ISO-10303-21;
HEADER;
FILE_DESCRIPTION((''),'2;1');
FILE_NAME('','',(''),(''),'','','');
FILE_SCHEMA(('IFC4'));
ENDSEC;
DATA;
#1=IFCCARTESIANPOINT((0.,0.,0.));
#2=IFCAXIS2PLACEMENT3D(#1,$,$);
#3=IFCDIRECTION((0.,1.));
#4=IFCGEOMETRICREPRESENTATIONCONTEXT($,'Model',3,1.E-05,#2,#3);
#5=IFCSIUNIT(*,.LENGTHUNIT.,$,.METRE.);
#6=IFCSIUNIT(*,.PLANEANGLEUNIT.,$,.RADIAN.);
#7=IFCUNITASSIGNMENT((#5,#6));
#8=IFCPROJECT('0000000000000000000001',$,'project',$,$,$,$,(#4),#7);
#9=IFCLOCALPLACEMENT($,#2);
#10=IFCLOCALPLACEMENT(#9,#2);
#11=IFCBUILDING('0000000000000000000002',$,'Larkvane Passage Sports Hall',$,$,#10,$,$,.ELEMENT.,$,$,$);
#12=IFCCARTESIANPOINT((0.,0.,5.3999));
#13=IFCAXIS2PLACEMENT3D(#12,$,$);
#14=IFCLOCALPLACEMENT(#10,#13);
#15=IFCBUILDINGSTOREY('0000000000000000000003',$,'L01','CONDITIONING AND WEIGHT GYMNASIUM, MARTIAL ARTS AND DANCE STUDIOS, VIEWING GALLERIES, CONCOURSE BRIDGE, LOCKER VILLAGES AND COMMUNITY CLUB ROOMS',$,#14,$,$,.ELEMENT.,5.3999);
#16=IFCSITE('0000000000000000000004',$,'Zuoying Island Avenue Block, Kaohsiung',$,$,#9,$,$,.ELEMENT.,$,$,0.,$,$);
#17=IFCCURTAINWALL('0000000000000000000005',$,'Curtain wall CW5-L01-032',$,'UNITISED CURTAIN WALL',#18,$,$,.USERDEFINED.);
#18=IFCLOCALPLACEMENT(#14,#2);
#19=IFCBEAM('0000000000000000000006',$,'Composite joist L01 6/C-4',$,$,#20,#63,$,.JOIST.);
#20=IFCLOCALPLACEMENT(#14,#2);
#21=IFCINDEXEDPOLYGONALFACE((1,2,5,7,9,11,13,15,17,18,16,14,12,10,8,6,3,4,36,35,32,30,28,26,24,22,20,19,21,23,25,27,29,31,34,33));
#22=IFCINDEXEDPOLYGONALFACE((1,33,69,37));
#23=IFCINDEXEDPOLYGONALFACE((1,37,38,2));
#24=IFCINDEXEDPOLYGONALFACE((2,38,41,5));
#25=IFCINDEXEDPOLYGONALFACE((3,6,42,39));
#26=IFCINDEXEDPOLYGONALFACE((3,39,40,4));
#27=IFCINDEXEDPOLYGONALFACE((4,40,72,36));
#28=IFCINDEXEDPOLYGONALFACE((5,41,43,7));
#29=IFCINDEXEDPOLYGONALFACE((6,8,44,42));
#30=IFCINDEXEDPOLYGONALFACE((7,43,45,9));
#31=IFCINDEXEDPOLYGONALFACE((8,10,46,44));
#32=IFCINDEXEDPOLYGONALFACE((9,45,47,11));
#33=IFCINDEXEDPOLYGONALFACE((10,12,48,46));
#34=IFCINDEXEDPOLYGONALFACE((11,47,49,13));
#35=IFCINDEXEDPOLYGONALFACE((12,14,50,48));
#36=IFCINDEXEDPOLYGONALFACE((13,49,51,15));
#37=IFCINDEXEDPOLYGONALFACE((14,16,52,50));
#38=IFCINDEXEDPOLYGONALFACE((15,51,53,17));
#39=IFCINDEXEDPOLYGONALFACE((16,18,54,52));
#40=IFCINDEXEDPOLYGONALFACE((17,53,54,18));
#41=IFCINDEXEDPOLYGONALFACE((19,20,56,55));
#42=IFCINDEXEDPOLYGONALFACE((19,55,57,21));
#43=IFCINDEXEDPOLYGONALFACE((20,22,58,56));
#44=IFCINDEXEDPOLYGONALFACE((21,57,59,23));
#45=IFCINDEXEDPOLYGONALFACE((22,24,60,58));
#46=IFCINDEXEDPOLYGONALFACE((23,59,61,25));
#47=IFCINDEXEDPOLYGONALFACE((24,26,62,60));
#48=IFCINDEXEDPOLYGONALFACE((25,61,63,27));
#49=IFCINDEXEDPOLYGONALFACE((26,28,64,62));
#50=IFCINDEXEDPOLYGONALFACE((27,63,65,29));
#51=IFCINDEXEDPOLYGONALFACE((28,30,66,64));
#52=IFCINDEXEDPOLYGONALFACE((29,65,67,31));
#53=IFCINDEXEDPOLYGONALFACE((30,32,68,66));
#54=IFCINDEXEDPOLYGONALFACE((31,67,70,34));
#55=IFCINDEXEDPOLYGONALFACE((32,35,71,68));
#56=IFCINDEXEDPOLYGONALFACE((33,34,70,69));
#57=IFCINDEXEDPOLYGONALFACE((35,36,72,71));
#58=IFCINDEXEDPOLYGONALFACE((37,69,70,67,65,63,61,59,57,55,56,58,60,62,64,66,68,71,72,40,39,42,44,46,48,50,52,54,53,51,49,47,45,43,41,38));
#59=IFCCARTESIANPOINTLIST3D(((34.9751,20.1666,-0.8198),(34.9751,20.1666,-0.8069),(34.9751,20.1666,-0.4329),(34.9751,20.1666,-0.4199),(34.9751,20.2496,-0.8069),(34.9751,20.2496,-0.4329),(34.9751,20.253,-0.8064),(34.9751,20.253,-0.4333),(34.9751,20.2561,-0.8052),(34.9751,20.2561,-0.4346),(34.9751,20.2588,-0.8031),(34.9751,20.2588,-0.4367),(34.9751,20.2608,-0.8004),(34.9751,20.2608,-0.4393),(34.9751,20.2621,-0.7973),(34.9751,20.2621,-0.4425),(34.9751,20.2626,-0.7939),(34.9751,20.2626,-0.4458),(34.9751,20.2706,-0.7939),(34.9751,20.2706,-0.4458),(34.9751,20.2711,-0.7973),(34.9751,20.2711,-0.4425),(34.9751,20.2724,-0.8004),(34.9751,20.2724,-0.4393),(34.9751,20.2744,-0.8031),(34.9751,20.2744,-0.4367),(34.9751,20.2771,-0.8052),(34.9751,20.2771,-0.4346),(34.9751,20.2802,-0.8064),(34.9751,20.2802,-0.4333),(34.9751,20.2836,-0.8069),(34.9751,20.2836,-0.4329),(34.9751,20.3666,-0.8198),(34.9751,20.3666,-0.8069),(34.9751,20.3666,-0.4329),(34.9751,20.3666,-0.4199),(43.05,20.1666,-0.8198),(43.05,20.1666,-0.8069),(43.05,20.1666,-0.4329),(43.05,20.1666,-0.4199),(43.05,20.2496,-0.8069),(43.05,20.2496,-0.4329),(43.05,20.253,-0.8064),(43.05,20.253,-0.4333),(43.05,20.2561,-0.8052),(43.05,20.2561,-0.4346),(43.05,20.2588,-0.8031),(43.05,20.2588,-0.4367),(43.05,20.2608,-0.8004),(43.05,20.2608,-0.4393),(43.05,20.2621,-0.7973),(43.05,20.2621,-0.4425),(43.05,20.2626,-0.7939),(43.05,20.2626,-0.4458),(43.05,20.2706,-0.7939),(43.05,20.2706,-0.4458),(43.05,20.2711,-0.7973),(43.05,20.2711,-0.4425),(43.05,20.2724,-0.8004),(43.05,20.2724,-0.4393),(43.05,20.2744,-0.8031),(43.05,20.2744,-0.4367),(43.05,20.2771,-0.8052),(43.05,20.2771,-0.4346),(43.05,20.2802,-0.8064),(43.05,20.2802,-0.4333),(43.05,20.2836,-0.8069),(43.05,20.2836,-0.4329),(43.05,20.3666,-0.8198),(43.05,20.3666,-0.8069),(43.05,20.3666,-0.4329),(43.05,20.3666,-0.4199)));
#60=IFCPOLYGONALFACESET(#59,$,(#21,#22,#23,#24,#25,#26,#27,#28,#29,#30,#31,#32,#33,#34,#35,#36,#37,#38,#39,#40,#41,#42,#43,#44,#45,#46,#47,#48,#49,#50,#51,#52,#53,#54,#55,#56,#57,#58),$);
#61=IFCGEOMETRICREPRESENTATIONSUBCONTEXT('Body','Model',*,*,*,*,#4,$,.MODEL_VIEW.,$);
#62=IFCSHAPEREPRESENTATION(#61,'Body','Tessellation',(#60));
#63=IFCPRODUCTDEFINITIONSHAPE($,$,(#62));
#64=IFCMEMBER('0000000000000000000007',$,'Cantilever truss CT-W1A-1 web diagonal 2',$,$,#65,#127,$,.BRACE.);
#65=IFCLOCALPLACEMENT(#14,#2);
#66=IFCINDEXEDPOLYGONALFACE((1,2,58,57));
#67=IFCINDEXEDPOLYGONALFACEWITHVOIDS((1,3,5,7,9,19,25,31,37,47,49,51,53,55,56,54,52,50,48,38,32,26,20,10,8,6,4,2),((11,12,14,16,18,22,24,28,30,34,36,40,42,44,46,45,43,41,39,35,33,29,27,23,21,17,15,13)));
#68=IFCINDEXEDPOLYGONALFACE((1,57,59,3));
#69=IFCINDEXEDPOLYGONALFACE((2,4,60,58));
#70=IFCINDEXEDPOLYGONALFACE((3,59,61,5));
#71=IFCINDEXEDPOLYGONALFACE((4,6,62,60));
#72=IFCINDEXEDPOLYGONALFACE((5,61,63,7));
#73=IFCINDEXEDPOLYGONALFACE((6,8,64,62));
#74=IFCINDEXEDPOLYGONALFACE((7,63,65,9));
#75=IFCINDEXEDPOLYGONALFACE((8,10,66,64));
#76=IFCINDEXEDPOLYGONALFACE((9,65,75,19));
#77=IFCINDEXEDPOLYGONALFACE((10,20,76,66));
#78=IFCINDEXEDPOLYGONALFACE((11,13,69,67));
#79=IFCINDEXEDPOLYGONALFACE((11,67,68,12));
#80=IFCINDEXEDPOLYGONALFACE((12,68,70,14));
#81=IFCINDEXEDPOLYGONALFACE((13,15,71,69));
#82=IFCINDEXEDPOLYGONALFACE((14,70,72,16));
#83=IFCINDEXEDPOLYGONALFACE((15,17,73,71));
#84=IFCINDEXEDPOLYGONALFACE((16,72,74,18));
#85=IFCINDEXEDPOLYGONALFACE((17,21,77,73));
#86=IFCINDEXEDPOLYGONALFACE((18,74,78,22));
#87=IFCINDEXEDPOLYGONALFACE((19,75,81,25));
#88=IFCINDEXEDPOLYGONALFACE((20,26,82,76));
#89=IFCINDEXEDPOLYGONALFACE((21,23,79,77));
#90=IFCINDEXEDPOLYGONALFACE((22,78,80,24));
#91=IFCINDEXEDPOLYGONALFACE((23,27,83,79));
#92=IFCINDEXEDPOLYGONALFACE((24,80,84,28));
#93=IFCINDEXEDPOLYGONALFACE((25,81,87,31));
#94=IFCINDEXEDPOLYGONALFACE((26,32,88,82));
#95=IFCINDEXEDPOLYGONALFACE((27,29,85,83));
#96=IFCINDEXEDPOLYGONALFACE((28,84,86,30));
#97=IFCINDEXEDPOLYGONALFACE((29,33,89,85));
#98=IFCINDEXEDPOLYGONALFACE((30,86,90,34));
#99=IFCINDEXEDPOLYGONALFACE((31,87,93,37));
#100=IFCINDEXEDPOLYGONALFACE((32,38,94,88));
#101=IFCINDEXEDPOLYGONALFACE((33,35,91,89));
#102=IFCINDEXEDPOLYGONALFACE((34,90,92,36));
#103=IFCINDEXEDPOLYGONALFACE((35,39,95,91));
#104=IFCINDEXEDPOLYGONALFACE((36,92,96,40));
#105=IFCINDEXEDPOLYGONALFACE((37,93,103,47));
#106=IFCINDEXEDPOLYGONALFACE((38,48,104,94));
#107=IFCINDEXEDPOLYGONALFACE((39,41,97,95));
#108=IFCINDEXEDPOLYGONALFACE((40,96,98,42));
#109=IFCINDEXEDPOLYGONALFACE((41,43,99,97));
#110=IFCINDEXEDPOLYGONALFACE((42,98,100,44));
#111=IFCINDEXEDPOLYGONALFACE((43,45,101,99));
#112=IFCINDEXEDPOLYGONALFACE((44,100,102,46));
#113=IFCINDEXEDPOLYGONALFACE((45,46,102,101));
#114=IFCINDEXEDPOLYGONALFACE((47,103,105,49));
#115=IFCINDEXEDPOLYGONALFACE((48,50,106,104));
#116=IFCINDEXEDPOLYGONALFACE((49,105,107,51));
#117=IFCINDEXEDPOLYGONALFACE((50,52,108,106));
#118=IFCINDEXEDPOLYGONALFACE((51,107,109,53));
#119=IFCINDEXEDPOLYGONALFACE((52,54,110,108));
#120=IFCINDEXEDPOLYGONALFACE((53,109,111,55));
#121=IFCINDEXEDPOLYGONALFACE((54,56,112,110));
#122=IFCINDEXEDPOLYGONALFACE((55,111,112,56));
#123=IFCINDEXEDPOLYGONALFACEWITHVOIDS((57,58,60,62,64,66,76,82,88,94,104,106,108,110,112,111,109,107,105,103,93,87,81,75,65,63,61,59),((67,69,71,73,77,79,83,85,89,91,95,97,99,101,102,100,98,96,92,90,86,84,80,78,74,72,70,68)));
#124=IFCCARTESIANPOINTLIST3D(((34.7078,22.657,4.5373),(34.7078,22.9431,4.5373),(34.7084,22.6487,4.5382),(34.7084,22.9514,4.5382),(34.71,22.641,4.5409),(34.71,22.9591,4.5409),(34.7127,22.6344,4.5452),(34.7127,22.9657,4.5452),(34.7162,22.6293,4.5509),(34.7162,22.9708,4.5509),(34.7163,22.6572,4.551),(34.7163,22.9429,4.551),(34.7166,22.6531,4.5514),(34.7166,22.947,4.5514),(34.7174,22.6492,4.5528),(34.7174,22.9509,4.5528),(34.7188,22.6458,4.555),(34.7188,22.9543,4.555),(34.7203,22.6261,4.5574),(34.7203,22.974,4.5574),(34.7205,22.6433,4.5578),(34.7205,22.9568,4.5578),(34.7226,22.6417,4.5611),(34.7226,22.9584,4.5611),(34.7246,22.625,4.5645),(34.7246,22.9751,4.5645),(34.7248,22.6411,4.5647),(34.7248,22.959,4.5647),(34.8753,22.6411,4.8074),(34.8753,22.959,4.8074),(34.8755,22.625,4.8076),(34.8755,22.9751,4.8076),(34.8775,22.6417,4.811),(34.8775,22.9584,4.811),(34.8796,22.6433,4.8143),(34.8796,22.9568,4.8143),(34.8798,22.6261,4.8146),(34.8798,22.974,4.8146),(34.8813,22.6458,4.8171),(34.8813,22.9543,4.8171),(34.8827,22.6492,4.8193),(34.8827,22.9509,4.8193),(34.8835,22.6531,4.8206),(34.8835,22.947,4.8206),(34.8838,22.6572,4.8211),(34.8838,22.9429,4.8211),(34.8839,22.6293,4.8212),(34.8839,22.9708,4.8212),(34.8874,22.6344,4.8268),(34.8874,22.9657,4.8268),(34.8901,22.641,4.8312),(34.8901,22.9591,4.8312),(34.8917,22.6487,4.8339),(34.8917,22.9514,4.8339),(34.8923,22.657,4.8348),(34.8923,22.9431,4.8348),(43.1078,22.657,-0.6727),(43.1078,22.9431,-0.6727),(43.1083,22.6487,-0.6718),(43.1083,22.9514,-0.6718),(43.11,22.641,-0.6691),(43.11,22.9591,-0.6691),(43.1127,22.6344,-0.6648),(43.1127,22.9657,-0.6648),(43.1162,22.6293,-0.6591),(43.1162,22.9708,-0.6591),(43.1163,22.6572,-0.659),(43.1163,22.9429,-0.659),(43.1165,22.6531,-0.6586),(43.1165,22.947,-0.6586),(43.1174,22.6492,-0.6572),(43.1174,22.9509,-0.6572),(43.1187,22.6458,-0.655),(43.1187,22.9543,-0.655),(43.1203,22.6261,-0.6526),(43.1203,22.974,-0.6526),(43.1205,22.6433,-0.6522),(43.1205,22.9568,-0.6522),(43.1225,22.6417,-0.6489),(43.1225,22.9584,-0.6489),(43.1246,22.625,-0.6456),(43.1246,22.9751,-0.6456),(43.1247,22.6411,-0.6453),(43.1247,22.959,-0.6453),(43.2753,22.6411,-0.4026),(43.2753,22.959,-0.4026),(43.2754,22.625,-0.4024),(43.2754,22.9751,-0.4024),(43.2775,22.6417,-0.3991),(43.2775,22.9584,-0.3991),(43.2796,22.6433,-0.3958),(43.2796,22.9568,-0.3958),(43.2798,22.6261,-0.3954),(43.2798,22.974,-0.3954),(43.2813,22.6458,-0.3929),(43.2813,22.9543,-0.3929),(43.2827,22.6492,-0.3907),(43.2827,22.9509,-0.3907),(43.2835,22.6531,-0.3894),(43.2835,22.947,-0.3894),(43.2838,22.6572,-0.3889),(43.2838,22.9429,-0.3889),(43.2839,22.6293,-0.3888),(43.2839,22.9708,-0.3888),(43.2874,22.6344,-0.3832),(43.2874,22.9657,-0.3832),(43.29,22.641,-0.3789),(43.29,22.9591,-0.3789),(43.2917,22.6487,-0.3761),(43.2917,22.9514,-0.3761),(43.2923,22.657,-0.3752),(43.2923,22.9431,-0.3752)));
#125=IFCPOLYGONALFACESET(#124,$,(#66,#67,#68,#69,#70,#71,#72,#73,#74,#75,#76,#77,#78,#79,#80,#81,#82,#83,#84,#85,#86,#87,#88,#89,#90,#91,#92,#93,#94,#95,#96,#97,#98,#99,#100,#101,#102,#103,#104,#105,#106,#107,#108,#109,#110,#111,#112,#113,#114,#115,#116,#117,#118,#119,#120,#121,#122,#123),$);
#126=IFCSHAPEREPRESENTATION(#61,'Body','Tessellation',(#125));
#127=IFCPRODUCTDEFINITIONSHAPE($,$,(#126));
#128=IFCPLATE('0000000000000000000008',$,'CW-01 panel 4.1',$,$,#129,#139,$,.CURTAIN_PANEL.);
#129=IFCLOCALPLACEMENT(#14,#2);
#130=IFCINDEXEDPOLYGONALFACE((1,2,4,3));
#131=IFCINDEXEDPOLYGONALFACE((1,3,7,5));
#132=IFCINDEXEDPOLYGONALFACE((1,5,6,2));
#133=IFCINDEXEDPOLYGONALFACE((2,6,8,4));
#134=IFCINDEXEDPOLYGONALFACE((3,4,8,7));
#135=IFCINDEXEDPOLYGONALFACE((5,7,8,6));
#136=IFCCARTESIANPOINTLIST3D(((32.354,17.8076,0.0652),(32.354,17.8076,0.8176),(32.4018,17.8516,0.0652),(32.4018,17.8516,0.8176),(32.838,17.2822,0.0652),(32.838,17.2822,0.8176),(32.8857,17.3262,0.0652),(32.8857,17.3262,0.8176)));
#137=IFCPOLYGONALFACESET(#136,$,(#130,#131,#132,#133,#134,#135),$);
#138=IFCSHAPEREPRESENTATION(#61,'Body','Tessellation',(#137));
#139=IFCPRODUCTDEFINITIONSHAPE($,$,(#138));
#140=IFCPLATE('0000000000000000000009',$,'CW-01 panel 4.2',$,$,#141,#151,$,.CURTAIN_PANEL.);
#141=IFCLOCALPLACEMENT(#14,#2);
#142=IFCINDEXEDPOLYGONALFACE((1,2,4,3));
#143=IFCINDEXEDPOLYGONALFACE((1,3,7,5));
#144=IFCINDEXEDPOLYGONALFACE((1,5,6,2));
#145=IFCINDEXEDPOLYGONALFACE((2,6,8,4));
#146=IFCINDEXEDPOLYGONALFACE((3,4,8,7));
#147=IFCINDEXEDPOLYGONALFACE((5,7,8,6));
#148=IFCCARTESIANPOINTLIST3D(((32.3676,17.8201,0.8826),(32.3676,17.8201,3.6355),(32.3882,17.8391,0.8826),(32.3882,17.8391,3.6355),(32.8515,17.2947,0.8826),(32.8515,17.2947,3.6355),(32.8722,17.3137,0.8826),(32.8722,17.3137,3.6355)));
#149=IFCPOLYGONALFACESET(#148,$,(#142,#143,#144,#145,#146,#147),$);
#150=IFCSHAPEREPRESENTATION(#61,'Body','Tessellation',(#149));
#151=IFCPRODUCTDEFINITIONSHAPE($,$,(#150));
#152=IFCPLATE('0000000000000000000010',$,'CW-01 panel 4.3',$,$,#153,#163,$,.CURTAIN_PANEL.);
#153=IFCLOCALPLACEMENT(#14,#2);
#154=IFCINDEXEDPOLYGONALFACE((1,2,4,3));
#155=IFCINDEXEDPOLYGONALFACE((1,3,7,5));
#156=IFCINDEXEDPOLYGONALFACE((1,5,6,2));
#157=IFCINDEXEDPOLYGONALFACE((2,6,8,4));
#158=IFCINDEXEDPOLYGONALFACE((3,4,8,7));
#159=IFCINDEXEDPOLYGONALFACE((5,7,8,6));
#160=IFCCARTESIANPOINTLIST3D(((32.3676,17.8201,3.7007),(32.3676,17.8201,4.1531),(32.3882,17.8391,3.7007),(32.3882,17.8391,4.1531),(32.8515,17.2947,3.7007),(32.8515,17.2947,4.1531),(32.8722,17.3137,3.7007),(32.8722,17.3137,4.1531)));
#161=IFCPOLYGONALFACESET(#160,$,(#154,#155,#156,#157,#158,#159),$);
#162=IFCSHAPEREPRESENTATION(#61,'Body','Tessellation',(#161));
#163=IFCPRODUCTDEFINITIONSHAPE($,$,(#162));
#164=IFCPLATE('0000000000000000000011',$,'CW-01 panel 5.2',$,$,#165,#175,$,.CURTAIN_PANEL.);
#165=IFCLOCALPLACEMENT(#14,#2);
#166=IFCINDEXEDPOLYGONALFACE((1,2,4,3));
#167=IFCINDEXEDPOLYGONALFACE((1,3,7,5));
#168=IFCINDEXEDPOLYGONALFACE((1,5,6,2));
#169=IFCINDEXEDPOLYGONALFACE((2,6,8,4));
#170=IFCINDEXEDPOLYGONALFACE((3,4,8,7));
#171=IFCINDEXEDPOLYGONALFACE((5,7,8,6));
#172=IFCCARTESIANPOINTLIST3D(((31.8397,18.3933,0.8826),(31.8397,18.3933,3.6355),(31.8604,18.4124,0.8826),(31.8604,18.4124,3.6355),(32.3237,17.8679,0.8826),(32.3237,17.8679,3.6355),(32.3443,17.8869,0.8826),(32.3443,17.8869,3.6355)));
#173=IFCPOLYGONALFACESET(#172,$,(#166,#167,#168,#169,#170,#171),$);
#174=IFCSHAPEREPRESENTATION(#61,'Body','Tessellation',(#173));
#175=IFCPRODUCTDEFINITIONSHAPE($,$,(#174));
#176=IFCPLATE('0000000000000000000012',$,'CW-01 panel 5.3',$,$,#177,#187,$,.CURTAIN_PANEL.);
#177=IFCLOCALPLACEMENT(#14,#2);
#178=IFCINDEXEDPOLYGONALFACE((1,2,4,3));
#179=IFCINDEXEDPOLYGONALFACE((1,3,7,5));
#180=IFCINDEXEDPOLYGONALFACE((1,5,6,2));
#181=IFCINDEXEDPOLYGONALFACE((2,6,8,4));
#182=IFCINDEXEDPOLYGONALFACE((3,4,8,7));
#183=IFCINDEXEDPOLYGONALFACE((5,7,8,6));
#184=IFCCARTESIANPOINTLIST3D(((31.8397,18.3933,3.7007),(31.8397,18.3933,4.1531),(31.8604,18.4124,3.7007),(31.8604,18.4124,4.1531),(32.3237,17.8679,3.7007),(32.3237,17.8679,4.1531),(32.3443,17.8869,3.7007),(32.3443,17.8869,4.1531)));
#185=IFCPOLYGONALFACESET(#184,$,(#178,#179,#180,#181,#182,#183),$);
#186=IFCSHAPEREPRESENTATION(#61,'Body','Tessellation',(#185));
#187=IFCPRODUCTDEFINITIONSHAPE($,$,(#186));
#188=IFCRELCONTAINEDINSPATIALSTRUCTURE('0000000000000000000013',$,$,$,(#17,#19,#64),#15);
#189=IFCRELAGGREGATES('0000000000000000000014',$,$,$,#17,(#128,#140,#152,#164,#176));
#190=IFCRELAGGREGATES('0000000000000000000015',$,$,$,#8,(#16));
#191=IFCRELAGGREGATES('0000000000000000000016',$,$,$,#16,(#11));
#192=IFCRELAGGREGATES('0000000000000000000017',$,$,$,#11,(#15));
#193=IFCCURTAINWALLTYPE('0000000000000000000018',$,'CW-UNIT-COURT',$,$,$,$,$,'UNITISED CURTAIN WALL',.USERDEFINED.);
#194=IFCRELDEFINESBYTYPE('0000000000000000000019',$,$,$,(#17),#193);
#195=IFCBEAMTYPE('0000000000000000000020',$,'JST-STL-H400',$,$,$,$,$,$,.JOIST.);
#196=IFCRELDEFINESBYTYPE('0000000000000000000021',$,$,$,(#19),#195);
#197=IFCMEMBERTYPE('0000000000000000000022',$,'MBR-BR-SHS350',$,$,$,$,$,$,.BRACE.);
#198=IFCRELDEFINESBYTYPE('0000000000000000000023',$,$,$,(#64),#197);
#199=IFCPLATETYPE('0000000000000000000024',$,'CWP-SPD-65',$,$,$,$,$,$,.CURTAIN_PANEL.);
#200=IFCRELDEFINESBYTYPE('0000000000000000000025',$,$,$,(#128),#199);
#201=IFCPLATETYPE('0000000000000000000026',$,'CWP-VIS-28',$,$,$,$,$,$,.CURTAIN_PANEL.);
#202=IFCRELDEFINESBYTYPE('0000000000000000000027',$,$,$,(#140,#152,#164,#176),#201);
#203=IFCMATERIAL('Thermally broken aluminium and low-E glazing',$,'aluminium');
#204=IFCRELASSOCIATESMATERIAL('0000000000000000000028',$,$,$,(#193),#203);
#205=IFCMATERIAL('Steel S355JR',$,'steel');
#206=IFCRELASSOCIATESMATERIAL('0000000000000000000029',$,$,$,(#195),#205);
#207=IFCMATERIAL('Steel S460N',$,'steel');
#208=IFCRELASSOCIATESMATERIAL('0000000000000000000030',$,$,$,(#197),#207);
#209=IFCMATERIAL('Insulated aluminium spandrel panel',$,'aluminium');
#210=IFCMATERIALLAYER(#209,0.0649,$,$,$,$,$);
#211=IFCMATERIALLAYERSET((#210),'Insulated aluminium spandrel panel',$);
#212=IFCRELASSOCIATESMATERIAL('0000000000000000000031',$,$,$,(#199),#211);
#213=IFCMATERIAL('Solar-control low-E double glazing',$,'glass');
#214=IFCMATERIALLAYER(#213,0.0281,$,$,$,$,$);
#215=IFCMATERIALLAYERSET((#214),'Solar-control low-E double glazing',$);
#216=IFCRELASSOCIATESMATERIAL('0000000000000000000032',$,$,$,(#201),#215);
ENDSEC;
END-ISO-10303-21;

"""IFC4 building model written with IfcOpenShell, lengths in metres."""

from ifc_helpers import new_model, si_unit, direction, frame, origin, origin_2d, place, context, subcontext, project, spatial, rectangle, hollow_rectangle, i_section, extrude, material, layer, layer_set, material_profile, profile_set, type_object, element, aggregate, save


model = new_model("IFC4")

# Units and contexts
model_context = context("Model", 3, precision=1e-05, world=origin(), true_north=direction((0.0, 1.0)))
body_context = subcontext(model_context, "Body", "Model", "MODEL_VIEW")
ifc_project = project(units=[si_unit("LENGTHUNIT", "METRE"), si_unit("PLANEANGLEUNIT", "RADIAN")], contexts=[model_context])

# Site, building, storey
site_placement = place(None, origin())
site = spatial("IfcSite", under=ifc_project, at=site_placement, Name="Zuoying Island Avenue Block, Kaohsiung", CompositionType="ELEMENT", RefElevation=0.0)
building_placement = place(site_placement, origin())
building = spatial("IfcBuilding", under=site, at=building_placement, Name="Larkvane Passage Sports Hall", CompositionType="ELEMENT")
storey_placement = place(building_placement, frame((0.0, 0.0, 5.3999)))
storey = spatial("IfcBuildingStorey", under=building, at=storey_placement, Name="L01", Description="CONDITIONING AND WEIGHT GYMNASIUM, MARTIAL ARTS AND DANCE STUDIOS, VIEWING GALLERIES, CONCOURSE BRIDGE, LOCKER VILLAGES AND COMMUNITY CLUB ROOMS", CompositionType="ELEMENT", Elevation=5.3999)

# Shared definitions
ifc_material_1 = material(Name="Steel S460N", Category="steel")

# Curtain wall
ifc_material_2 = material(Name="Thermally broken aluminium and low-E glazing", Category="aluminium")
curtain_wall_type = type_object("IfcCurtainWallType", Name="CW-UNIT-COURT", ElementType="UNITISED CURTAIN WALL", PredefinedType="USERDEFINED", material=ifc_material_2)
curtain_wall_placement = place(storey_placement, origin())
curtain_wall = element("IfcCurtainWall", 1, at=curtain_wall_placement, inside=storey, type_object=curtain_wall_type, Name="Curtain wall CW5-L01-032", ObjectType="UNITISED CURTAIN WALL", PredefinedType="USERDEFINED")

# Beam
ifc_material_3 = material(Name="Steel S355JR", Category="steel")
ifc_material_profile_1 = material_profile(ifc_material_3, i_section(OverallWidth=0.2, OverallDepth=0.3999, WebThickness=0.0081, FlangeThickness=0.0129, FilletRadius=0.0129, at=origin_2d()), Name="H-400x200x8x13")
ifc_profile_set_1 = profile_set([ifc_material_profile_1], Name="Steel S355JR")
beam_type_1 = type_object("IfcBeamType", Name="JST-STL-H400", PredefinedType="JOIST", material=ifc_profile_set_1)
beam_1_placement = place(storey_placement, frame((34.9751, 20.2666, -0.6199), z_axis=(1.0, 0.0, 0.0), x_axis=(0.0, 1.0, 0.0)))
element("IfcBeam", 2, at=beam_1_placement, inside=storey, type_object=beam_type_1, Name="Composite joist L01 6/C-4", PredefinedType="JOIST", context=body_context, shape_type="SweptSolid", body=[
    extrude(i_section(OverallWidth=0.2, OverallDepth=0.3999, WebThickness=0.0081, FlangeThickness=0.0129, FilletRadius=0.0129, at=origin_2d()), origin(), (0.0, 0.0, 1.0), 8.075),
])

# Member
ifc_material_profile_2 = material_profile(ifc_material_1, hollow_rectangle(XDim=0.3501, YDim=0.3501, WallThickness=0.0161, InnerFilletRadius=0.0161, OuterFilletRadius=0.032, at=origin_2d()), Name="SHS-350x350x16")
ifc_profile_set_2 = profile_set([ifc_material_profile_2], Name="Steel S460N")
member_type_1 = type_object("IfcMemberType", Name="MBR-BR-SHS350", PredefinedType="BRACE", material=ifc_profile_set_2)
member_1_placement = place(storey_placement, frame((34.8, 22.8, 4.686), z_axis=(0.849811, 0.0, -0.527087), x_axis=(0.0, 1.0, 0.0)))
element("IfcMember", 3, at=member_1_placement, inside=storey, type_object=member_type_1, Name="Cantilever truss CT-W1A-1 web diagonal 2", PredefinedType="BRACE", context=body_context, shape_type="SweptSolid", body=[
    extrude(hollow_rectangle(XDim=0.3501, YDim=0.3501, WallThickness=0.0161, InnerFilletRadius=0.0161, OuterFilletRadius=0.032, at=origin_2d()), origin(), (0.0, 0.0, 1.0), 9.8845),
])

# Plates
ifc_material_4 = material(Name="Insulated aluminium spandrel panel", Category="aluminium")
ifc_layer_1 = layer(ifc_material_4, 0.0649)
ifc_layer_set_1 = layer_set([ifc_layer_1], Name="Insulated aluminium spandrel panel")
plate_type_1 = type_object("IfcPlateType", Name="CWP-SPD-65", PredefinedType="CURTAIN_PANEL", material=ifc_layer_set_1)
plate_1_placement = place(storey_placement, frame((32.6199, 17.5669, 0.0652), z_axis=(0.0, 0.0, 1.0), x_axis=(-0.677478, 0.735543, 0.0)))
plate_1 = element("IfcPlate", 4, at=plate_1_placement, type_object=plate_type_1, Name="CW-01 panel 4.1", PredefinedType="CURTAIN_PANEL", context=body_context, shape_type="SweptSolid", body=[
    extrude(rectangle(XDim=0.7144, YDim=0.0649, at=origin_2d()), origin(), (0.0, 0.0, 1.0), 0.7524),
])
ifc_material_5 = material(Name="Solar-control low-E double glazing", Category="glass")
ifc_layer_2 = layer(ifc_material_5, 0.0281)
ifc_layer_set_2 = layer_set([ifc_layer_2], Name="Solar-control low-E double glazing")
plate_type_2 = type_object("IfcPlateType", Name="CWP-VIS-28", PredefinedType="CURTAIN_PANEL", material=ifc_layer_set_2)
plate_2_placement = place(storey_placement, frame((32.6199, 17.5669, 0.8826), z_axis=(0.0, 0.0, 1.0), x_axis=(-0.677478, 0.735543, 0.0)))
plate_2 = element("IfcPlate", 5, at=plate_2_placement, type_object=plate_type_2, Name="CW-01 panel 4.2", PredefinedType="CURTAIN_PANEL", context=body_context, shape_type="SweptSolid", body=[
    extrude(rectangle(XDim=0.7144, YDim=0.0281, at=origin_2d()), origin(), (0.0, 0.0, 1.0), 2.7529),
])
plate_3_placement = place(storey_placement, frame((32.6199, 17.5669, 3.7007), z_axis=(0.0, 0.0, 1.0), x_axis=(-0.677478, 0.735543, 0.0)))
plate_3 = element("IfcPlate", 6, at=plate_3_placement, type_object=plate_type_2, Name="CW-01 panel 4.3", PredefinedType="CURTAIN_PANEL", context=body_context, shape_type="SweptSolid", body=[
    extrude(rectangle(XDim=0.7144, YDim=0.0281, at=origin_2d()), origin(), (0.0, 0.0, 1.0), 0.4524),
])
plate_4_placement = place(storey_placement, frame((32.092, 18.1401, 0.8826), z_axis=(0.0, 0.0, 1.0), x_axis=(-0.677478, 0.735543, 0.0)))
plate_4 = element("IfcPlate", 7, at=plate_4_placement, type_object=plate_type_2, Name="CW-01 panel 5.2", PredefinedType="CURTAIN_PANEL", context=body_context, shape_type="SweptSolid", body=[
    extrude(rectangle(XDim=0.7144, YDim=0.0281, at=origin_2d()), origin(), (0.0, 0.0, 1.0), 2.7529),
])
plate_5_placement = place(storey_placement, frame((32.092, 18.1401, 3.7007), z_axis=(0.0, 0.0, 1.0), x_axis=(-0.677478, 0.735543, 0.0)))
plate_5 = element("IfcPlate", 8, at=plate_5_placement, type_object=plate_type_2, Name="CW-01 panel 5.3", PredefinedType="CURTAIN_PANEL", context=body_context, shape_type="SweptSolid", body=[
    extrude(rectangle(XDim=0.7144, YDim=0.0281, at=origin_2d()), origin(), (0.0, 0.0, 1.0), 0.4524),
])
aggregate(curtain_wall, [plate_1, plate_2, plate_3, plate_4, plate_5])

save(model, "model.ifc")
